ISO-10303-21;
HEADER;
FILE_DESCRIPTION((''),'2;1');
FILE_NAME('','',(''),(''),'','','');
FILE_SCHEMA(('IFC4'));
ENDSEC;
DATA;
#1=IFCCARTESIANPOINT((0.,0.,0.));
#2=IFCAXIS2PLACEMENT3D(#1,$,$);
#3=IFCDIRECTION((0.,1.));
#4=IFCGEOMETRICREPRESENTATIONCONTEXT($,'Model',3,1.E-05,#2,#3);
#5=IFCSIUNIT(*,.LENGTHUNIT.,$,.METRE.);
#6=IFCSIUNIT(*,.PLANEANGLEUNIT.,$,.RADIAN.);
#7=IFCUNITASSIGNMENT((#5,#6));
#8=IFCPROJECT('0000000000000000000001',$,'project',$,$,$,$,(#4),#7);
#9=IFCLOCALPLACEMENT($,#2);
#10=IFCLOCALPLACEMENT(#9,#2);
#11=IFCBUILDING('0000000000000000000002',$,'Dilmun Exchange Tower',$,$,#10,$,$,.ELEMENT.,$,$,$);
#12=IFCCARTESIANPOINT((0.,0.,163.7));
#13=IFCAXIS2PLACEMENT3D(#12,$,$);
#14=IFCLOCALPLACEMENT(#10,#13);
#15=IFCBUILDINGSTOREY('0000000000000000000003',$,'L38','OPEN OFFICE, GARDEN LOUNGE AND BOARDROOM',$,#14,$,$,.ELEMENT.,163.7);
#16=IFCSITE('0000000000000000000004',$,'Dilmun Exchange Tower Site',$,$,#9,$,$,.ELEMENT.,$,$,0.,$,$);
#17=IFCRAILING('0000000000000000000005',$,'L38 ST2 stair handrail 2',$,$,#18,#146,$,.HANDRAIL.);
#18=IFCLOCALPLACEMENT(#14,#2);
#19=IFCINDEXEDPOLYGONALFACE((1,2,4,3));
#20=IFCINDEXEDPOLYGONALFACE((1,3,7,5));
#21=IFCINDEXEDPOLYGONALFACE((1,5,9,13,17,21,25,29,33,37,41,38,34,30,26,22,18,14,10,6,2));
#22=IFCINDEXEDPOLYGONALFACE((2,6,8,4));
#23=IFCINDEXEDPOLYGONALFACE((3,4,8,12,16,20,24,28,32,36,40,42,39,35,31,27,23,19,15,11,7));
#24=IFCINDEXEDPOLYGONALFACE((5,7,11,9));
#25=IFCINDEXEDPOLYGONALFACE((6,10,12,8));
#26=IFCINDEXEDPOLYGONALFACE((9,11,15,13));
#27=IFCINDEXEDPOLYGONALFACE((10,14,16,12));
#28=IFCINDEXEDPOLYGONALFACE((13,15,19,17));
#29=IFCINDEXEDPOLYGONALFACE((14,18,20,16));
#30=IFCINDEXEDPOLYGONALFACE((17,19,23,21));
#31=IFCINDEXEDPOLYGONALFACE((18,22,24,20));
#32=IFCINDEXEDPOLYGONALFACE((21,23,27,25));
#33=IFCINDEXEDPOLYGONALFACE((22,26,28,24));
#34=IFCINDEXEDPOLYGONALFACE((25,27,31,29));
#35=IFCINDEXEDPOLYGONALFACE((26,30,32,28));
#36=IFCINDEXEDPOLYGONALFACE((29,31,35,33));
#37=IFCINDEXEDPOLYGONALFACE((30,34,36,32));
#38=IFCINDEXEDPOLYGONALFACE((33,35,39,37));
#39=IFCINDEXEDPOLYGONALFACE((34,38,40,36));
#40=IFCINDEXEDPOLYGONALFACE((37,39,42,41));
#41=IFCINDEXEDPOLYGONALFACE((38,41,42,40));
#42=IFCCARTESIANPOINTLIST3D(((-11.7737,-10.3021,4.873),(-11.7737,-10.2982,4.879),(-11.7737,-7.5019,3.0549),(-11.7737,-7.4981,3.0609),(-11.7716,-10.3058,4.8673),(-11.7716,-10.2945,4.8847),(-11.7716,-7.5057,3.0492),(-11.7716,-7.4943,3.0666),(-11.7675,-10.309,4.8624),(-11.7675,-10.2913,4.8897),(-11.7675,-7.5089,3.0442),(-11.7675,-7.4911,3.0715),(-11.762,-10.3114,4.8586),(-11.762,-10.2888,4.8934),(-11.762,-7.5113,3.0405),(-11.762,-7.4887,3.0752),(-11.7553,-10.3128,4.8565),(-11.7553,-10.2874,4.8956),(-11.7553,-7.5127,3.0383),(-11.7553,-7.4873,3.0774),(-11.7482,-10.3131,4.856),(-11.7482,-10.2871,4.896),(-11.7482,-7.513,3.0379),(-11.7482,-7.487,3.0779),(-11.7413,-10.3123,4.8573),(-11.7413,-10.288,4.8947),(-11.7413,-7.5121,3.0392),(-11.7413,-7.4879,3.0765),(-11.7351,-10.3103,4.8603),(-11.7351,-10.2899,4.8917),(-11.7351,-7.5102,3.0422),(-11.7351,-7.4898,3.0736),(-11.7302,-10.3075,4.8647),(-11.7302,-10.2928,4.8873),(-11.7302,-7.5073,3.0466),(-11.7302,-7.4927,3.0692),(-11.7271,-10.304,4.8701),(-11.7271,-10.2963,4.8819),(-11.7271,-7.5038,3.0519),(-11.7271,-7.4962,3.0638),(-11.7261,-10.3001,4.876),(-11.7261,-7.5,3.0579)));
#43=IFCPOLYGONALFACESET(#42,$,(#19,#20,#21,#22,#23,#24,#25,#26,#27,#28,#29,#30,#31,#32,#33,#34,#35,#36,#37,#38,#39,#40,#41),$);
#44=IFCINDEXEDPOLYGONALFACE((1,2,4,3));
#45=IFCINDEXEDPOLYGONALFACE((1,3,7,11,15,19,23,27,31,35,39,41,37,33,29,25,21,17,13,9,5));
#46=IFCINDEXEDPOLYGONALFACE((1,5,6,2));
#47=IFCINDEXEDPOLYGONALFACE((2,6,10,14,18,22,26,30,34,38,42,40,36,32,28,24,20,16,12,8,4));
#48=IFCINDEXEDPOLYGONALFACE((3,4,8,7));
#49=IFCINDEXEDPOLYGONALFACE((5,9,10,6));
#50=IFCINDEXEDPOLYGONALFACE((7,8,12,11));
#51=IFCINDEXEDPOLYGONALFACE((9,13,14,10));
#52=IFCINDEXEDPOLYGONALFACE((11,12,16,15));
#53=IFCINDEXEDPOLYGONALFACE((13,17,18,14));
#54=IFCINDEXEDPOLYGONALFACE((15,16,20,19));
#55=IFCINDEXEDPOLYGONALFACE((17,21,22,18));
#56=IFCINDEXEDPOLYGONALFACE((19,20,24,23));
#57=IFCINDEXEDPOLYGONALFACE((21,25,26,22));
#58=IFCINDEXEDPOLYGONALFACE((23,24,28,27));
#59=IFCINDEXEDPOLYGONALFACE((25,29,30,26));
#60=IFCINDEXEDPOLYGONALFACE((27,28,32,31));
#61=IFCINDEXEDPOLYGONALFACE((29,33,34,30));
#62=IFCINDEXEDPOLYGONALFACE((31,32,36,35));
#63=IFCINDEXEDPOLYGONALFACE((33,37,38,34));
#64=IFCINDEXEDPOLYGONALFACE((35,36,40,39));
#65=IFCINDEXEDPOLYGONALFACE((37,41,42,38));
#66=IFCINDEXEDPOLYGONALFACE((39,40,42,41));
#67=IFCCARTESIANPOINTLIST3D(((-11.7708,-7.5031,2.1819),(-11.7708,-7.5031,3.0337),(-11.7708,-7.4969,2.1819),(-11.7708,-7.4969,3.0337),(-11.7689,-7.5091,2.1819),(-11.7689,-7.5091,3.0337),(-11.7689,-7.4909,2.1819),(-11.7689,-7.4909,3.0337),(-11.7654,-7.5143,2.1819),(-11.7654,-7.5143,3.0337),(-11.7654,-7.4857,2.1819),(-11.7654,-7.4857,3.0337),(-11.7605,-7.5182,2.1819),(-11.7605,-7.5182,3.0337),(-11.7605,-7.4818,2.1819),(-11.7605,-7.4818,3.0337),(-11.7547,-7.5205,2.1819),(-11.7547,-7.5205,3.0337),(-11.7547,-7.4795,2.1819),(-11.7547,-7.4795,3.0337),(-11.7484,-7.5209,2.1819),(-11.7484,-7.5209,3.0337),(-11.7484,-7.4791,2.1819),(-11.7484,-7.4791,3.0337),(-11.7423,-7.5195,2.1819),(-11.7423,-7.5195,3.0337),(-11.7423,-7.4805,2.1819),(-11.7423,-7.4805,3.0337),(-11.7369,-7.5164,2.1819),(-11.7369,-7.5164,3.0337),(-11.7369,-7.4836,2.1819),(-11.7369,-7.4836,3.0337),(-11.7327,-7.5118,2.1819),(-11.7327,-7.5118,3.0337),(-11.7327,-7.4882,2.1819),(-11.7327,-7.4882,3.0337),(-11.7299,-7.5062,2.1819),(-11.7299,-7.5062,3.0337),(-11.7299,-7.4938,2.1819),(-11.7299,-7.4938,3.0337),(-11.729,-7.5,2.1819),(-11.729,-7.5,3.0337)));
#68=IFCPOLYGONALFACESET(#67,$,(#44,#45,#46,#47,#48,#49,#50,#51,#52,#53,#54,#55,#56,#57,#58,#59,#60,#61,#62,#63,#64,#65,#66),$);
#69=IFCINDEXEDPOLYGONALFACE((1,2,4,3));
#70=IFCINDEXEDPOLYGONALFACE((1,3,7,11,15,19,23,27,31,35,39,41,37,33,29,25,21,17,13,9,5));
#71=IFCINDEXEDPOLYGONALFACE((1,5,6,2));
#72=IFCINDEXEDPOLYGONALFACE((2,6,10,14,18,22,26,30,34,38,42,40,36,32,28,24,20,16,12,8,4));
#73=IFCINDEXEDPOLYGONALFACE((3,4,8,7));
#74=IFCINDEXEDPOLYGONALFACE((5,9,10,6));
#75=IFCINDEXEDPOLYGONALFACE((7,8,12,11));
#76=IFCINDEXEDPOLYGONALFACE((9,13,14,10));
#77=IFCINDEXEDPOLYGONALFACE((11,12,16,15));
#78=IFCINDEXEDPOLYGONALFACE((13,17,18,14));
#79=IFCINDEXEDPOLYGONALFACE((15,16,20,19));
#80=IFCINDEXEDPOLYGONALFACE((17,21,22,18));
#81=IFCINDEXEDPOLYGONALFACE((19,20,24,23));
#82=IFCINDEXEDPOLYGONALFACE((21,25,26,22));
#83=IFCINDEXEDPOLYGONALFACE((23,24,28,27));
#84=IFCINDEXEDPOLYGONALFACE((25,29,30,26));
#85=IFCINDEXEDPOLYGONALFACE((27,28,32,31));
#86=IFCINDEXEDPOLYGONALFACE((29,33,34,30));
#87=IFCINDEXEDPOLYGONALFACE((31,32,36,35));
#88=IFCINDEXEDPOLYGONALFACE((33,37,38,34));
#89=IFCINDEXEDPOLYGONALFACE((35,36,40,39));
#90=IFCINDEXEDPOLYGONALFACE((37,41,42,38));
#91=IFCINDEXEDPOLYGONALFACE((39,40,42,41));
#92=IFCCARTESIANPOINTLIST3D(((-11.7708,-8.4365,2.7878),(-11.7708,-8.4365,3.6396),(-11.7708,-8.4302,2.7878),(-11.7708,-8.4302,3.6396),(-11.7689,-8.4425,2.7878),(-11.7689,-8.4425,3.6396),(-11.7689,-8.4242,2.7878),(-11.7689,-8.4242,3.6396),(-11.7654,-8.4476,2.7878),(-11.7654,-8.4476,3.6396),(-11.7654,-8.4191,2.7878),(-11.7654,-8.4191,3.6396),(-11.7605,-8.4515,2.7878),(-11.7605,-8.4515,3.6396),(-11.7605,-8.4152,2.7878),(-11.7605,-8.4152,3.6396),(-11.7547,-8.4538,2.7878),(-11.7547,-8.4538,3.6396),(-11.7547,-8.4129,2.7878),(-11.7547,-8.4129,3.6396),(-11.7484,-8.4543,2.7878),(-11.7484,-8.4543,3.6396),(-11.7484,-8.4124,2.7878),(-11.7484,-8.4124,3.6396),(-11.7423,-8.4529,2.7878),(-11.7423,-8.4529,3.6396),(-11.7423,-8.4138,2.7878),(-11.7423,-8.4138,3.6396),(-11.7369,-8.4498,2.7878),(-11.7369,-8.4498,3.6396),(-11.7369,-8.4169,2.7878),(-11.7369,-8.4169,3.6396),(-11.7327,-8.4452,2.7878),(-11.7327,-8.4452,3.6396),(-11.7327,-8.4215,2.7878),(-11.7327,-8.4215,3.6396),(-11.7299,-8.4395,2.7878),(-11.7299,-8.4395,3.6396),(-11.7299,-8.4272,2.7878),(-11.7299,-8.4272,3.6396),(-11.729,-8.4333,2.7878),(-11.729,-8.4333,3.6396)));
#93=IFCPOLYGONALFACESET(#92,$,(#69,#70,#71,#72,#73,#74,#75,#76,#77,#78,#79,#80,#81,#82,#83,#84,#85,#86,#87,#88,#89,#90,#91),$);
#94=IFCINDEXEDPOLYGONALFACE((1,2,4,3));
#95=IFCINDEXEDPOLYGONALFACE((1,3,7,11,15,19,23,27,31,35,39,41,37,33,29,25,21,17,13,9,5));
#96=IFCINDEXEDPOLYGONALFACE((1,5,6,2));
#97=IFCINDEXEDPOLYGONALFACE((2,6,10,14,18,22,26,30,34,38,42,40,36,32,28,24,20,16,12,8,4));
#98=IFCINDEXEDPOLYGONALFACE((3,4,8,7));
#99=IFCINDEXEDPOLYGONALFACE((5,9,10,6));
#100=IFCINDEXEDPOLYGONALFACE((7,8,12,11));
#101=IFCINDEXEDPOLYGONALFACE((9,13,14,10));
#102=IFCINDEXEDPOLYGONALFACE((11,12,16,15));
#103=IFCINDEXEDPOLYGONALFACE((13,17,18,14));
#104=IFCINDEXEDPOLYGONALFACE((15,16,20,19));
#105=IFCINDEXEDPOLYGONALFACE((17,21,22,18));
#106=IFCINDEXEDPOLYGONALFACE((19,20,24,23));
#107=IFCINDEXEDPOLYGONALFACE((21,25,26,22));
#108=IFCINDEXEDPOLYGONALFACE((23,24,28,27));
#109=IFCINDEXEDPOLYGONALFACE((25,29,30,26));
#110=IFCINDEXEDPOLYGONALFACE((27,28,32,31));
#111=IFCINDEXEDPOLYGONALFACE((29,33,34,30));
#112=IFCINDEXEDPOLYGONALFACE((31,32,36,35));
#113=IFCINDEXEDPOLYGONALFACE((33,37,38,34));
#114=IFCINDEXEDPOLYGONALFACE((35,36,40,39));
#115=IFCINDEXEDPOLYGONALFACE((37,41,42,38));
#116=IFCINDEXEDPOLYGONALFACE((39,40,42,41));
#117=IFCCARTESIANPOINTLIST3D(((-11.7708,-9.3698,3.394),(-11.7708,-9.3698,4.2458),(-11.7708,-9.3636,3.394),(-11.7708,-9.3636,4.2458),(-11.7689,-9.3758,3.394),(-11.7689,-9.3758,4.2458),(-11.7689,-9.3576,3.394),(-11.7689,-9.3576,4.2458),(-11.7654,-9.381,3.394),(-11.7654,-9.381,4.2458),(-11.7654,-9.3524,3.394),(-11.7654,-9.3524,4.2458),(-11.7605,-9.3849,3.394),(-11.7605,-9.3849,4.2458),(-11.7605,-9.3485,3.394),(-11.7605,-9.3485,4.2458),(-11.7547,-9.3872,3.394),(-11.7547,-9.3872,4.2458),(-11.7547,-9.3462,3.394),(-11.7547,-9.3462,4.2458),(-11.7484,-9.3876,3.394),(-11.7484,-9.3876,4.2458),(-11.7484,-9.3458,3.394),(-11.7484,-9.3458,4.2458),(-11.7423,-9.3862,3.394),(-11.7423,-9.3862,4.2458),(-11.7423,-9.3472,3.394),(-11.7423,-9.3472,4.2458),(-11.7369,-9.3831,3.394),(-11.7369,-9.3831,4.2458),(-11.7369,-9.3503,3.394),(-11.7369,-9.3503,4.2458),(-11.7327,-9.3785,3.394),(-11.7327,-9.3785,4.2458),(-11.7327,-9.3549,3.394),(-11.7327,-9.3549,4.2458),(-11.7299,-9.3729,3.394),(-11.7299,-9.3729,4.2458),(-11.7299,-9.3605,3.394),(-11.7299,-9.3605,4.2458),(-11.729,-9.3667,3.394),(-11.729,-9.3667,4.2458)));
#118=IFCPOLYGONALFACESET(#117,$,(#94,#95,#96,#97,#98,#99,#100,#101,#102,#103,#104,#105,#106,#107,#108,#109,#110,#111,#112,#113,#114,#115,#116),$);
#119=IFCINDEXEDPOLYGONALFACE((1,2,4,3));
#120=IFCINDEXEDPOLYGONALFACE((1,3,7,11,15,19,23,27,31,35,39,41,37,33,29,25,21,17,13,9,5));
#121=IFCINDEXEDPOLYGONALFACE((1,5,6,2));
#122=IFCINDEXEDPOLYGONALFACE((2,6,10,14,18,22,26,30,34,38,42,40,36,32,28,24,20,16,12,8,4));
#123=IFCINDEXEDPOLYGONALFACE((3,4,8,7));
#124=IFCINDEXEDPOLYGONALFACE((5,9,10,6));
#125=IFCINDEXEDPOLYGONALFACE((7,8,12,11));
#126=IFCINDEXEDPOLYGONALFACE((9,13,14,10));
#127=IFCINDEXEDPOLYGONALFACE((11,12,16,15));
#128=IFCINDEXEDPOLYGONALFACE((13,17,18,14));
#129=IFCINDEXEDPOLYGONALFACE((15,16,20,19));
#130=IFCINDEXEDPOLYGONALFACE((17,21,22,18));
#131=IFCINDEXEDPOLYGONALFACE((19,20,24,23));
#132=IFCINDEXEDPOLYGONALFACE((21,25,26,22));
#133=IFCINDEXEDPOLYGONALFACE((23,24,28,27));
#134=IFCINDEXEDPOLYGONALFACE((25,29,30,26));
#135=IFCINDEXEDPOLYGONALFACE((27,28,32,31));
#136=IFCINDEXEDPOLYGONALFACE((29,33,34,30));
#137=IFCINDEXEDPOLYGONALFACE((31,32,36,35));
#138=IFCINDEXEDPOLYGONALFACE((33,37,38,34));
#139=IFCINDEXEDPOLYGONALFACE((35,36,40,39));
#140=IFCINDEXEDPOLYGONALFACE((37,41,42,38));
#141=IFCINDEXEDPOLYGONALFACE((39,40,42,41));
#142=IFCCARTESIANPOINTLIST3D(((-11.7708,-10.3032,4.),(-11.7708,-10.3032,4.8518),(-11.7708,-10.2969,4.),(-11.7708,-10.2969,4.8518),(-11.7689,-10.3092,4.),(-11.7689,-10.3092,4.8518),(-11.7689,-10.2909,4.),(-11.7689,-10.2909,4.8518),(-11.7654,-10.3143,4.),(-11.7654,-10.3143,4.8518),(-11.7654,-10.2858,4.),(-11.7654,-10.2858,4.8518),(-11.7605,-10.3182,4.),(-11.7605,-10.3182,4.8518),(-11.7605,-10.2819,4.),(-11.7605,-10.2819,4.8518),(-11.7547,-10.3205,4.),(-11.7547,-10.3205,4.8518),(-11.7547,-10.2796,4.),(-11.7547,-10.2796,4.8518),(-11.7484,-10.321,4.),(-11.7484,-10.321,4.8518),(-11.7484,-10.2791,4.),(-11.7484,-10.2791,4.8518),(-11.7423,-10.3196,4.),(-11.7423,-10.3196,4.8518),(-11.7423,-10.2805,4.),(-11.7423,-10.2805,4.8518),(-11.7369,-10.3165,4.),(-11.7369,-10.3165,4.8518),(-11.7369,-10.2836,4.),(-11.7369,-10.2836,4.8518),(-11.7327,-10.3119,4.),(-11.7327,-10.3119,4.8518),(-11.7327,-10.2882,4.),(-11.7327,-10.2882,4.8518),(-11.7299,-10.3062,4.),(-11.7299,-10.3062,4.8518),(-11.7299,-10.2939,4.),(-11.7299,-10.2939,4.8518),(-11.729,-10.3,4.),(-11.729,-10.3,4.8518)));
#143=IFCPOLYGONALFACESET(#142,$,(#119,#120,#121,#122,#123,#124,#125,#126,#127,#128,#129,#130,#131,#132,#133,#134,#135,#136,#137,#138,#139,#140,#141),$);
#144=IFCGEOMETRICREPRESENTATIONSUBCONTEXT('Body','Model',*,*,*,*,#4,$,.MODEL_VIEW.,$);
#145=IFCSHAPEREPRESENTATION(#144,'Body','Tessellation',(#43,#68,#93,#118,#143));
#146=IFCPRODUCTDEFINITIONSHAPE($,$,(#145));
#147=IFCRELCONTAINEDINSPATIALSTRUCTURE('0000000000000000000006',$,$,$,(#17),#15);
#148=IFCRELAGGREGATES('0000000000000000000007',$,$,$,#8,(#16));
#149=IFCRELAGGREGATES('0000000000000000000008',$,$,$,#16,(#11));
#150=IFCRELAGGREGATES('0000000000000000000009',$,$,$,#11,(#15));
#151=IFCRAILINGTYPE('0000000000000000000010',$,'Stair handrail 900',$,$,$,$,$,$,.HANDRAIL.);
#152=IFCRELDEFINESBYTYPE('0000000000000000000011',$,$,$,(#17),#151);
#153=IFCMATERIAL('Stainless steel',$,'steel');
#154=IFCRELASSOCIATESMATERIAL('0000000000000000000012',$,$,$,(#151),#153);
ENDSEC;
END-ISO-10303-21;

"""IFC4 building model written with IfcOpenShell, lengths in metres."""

from ifc_helpers import new_model, si_unit, direction, frame, origin, origin_2d, place, context, subcontext, project, spatial, circle, extrude, material, type_object, element, save


model = new_model("IFC4")

# Units and contexts
model_context = context("Model", 3, precision=1e-05, world=origin(), true_north=direction((0.0, 1.0)))
body_context = subcontext(model_context, "Body", "Model", "MODEL_VIEW")
ifc_project = project(units=[si_unit("LENGTHUNIT", "METRE"), si_unit("PLANEANGLEUNIT", "RADIAN")], contexts=[model_context])

# Site, building, storey
site_placement = place(None, origin())
site = spatial("IfcSite", under=ifc_project, at=site_placement, Name="Dilmun Exchange Tower Site", CompositionType="ELEMENT", RefElevation=0.0)
building_placement = place(site_placement, origin())
building = spatial("IfcBuilding", under=site, at=building_placement, Name="Dilmun Exchange Tower", CompositionType="ELEMENT")
storey_placement = place(building_placement, frame((0.0, 0.0, 163.7)))
storey = spatial("IfcBuildingStorey", under=building, at=storey_placement, Name="L38", Description="OPEN OFFICE, GARDEN LOUNGE AND BOARDROOM", CompositionType="ELEMENT", Elevation=163.7)

# Railing
ifc_material_1 = material(Name="Stainless steel", Category="steel")
railing_type = type_object("IfcRailingType", Name="Stair handrail 900", PredefinedType="HANDRAIL", material=ifc_material_1)
railing_placement = place(storey_placement, frame((-11.75, -7.5, 2.1819)))
element("IfcRailing", 1, at=railing_placement, inside=storey, type_object=railing_type, Name="L38 ST2 stair handrail 2", PredefinedType="HANDRAIL", context=body_context, shape_type="SweptSolid", body=[
    extrude(circle(Radius=0.0239, at=origin_2d()), frame((0.0, 0.0, 0.876), z_axis=(0.0, -0.838706, 0.544585), x_axis=(1.0, 0.0, 0.0)), (0.0, 0.0, 1.0), 3.3386),
    extrude(circle(Radius=0.021, at=origin_2d()), origin(), (0.0, 0.0, 1.0), 0.8518),
    extrude(circle(Radius=0.021, at=origin_2d()), frame((0.0, -0.9333, 0.606)), (0.0, 0.0, 1.0), 0.8518),
    extrude(circle(Radius=0.021, at=origin_2d()), frame((0.0, -1.8667, 1.2122)), (0.0, 0.0, 1.0), 0.8518),
    extrude(circle(Radius=0.021, at=origin_2d()), frame((0.0, -2.8, 1.8181)), (0.0, 0.0, 1.0), 0.8518),
])

save(model, "model.ifc")
